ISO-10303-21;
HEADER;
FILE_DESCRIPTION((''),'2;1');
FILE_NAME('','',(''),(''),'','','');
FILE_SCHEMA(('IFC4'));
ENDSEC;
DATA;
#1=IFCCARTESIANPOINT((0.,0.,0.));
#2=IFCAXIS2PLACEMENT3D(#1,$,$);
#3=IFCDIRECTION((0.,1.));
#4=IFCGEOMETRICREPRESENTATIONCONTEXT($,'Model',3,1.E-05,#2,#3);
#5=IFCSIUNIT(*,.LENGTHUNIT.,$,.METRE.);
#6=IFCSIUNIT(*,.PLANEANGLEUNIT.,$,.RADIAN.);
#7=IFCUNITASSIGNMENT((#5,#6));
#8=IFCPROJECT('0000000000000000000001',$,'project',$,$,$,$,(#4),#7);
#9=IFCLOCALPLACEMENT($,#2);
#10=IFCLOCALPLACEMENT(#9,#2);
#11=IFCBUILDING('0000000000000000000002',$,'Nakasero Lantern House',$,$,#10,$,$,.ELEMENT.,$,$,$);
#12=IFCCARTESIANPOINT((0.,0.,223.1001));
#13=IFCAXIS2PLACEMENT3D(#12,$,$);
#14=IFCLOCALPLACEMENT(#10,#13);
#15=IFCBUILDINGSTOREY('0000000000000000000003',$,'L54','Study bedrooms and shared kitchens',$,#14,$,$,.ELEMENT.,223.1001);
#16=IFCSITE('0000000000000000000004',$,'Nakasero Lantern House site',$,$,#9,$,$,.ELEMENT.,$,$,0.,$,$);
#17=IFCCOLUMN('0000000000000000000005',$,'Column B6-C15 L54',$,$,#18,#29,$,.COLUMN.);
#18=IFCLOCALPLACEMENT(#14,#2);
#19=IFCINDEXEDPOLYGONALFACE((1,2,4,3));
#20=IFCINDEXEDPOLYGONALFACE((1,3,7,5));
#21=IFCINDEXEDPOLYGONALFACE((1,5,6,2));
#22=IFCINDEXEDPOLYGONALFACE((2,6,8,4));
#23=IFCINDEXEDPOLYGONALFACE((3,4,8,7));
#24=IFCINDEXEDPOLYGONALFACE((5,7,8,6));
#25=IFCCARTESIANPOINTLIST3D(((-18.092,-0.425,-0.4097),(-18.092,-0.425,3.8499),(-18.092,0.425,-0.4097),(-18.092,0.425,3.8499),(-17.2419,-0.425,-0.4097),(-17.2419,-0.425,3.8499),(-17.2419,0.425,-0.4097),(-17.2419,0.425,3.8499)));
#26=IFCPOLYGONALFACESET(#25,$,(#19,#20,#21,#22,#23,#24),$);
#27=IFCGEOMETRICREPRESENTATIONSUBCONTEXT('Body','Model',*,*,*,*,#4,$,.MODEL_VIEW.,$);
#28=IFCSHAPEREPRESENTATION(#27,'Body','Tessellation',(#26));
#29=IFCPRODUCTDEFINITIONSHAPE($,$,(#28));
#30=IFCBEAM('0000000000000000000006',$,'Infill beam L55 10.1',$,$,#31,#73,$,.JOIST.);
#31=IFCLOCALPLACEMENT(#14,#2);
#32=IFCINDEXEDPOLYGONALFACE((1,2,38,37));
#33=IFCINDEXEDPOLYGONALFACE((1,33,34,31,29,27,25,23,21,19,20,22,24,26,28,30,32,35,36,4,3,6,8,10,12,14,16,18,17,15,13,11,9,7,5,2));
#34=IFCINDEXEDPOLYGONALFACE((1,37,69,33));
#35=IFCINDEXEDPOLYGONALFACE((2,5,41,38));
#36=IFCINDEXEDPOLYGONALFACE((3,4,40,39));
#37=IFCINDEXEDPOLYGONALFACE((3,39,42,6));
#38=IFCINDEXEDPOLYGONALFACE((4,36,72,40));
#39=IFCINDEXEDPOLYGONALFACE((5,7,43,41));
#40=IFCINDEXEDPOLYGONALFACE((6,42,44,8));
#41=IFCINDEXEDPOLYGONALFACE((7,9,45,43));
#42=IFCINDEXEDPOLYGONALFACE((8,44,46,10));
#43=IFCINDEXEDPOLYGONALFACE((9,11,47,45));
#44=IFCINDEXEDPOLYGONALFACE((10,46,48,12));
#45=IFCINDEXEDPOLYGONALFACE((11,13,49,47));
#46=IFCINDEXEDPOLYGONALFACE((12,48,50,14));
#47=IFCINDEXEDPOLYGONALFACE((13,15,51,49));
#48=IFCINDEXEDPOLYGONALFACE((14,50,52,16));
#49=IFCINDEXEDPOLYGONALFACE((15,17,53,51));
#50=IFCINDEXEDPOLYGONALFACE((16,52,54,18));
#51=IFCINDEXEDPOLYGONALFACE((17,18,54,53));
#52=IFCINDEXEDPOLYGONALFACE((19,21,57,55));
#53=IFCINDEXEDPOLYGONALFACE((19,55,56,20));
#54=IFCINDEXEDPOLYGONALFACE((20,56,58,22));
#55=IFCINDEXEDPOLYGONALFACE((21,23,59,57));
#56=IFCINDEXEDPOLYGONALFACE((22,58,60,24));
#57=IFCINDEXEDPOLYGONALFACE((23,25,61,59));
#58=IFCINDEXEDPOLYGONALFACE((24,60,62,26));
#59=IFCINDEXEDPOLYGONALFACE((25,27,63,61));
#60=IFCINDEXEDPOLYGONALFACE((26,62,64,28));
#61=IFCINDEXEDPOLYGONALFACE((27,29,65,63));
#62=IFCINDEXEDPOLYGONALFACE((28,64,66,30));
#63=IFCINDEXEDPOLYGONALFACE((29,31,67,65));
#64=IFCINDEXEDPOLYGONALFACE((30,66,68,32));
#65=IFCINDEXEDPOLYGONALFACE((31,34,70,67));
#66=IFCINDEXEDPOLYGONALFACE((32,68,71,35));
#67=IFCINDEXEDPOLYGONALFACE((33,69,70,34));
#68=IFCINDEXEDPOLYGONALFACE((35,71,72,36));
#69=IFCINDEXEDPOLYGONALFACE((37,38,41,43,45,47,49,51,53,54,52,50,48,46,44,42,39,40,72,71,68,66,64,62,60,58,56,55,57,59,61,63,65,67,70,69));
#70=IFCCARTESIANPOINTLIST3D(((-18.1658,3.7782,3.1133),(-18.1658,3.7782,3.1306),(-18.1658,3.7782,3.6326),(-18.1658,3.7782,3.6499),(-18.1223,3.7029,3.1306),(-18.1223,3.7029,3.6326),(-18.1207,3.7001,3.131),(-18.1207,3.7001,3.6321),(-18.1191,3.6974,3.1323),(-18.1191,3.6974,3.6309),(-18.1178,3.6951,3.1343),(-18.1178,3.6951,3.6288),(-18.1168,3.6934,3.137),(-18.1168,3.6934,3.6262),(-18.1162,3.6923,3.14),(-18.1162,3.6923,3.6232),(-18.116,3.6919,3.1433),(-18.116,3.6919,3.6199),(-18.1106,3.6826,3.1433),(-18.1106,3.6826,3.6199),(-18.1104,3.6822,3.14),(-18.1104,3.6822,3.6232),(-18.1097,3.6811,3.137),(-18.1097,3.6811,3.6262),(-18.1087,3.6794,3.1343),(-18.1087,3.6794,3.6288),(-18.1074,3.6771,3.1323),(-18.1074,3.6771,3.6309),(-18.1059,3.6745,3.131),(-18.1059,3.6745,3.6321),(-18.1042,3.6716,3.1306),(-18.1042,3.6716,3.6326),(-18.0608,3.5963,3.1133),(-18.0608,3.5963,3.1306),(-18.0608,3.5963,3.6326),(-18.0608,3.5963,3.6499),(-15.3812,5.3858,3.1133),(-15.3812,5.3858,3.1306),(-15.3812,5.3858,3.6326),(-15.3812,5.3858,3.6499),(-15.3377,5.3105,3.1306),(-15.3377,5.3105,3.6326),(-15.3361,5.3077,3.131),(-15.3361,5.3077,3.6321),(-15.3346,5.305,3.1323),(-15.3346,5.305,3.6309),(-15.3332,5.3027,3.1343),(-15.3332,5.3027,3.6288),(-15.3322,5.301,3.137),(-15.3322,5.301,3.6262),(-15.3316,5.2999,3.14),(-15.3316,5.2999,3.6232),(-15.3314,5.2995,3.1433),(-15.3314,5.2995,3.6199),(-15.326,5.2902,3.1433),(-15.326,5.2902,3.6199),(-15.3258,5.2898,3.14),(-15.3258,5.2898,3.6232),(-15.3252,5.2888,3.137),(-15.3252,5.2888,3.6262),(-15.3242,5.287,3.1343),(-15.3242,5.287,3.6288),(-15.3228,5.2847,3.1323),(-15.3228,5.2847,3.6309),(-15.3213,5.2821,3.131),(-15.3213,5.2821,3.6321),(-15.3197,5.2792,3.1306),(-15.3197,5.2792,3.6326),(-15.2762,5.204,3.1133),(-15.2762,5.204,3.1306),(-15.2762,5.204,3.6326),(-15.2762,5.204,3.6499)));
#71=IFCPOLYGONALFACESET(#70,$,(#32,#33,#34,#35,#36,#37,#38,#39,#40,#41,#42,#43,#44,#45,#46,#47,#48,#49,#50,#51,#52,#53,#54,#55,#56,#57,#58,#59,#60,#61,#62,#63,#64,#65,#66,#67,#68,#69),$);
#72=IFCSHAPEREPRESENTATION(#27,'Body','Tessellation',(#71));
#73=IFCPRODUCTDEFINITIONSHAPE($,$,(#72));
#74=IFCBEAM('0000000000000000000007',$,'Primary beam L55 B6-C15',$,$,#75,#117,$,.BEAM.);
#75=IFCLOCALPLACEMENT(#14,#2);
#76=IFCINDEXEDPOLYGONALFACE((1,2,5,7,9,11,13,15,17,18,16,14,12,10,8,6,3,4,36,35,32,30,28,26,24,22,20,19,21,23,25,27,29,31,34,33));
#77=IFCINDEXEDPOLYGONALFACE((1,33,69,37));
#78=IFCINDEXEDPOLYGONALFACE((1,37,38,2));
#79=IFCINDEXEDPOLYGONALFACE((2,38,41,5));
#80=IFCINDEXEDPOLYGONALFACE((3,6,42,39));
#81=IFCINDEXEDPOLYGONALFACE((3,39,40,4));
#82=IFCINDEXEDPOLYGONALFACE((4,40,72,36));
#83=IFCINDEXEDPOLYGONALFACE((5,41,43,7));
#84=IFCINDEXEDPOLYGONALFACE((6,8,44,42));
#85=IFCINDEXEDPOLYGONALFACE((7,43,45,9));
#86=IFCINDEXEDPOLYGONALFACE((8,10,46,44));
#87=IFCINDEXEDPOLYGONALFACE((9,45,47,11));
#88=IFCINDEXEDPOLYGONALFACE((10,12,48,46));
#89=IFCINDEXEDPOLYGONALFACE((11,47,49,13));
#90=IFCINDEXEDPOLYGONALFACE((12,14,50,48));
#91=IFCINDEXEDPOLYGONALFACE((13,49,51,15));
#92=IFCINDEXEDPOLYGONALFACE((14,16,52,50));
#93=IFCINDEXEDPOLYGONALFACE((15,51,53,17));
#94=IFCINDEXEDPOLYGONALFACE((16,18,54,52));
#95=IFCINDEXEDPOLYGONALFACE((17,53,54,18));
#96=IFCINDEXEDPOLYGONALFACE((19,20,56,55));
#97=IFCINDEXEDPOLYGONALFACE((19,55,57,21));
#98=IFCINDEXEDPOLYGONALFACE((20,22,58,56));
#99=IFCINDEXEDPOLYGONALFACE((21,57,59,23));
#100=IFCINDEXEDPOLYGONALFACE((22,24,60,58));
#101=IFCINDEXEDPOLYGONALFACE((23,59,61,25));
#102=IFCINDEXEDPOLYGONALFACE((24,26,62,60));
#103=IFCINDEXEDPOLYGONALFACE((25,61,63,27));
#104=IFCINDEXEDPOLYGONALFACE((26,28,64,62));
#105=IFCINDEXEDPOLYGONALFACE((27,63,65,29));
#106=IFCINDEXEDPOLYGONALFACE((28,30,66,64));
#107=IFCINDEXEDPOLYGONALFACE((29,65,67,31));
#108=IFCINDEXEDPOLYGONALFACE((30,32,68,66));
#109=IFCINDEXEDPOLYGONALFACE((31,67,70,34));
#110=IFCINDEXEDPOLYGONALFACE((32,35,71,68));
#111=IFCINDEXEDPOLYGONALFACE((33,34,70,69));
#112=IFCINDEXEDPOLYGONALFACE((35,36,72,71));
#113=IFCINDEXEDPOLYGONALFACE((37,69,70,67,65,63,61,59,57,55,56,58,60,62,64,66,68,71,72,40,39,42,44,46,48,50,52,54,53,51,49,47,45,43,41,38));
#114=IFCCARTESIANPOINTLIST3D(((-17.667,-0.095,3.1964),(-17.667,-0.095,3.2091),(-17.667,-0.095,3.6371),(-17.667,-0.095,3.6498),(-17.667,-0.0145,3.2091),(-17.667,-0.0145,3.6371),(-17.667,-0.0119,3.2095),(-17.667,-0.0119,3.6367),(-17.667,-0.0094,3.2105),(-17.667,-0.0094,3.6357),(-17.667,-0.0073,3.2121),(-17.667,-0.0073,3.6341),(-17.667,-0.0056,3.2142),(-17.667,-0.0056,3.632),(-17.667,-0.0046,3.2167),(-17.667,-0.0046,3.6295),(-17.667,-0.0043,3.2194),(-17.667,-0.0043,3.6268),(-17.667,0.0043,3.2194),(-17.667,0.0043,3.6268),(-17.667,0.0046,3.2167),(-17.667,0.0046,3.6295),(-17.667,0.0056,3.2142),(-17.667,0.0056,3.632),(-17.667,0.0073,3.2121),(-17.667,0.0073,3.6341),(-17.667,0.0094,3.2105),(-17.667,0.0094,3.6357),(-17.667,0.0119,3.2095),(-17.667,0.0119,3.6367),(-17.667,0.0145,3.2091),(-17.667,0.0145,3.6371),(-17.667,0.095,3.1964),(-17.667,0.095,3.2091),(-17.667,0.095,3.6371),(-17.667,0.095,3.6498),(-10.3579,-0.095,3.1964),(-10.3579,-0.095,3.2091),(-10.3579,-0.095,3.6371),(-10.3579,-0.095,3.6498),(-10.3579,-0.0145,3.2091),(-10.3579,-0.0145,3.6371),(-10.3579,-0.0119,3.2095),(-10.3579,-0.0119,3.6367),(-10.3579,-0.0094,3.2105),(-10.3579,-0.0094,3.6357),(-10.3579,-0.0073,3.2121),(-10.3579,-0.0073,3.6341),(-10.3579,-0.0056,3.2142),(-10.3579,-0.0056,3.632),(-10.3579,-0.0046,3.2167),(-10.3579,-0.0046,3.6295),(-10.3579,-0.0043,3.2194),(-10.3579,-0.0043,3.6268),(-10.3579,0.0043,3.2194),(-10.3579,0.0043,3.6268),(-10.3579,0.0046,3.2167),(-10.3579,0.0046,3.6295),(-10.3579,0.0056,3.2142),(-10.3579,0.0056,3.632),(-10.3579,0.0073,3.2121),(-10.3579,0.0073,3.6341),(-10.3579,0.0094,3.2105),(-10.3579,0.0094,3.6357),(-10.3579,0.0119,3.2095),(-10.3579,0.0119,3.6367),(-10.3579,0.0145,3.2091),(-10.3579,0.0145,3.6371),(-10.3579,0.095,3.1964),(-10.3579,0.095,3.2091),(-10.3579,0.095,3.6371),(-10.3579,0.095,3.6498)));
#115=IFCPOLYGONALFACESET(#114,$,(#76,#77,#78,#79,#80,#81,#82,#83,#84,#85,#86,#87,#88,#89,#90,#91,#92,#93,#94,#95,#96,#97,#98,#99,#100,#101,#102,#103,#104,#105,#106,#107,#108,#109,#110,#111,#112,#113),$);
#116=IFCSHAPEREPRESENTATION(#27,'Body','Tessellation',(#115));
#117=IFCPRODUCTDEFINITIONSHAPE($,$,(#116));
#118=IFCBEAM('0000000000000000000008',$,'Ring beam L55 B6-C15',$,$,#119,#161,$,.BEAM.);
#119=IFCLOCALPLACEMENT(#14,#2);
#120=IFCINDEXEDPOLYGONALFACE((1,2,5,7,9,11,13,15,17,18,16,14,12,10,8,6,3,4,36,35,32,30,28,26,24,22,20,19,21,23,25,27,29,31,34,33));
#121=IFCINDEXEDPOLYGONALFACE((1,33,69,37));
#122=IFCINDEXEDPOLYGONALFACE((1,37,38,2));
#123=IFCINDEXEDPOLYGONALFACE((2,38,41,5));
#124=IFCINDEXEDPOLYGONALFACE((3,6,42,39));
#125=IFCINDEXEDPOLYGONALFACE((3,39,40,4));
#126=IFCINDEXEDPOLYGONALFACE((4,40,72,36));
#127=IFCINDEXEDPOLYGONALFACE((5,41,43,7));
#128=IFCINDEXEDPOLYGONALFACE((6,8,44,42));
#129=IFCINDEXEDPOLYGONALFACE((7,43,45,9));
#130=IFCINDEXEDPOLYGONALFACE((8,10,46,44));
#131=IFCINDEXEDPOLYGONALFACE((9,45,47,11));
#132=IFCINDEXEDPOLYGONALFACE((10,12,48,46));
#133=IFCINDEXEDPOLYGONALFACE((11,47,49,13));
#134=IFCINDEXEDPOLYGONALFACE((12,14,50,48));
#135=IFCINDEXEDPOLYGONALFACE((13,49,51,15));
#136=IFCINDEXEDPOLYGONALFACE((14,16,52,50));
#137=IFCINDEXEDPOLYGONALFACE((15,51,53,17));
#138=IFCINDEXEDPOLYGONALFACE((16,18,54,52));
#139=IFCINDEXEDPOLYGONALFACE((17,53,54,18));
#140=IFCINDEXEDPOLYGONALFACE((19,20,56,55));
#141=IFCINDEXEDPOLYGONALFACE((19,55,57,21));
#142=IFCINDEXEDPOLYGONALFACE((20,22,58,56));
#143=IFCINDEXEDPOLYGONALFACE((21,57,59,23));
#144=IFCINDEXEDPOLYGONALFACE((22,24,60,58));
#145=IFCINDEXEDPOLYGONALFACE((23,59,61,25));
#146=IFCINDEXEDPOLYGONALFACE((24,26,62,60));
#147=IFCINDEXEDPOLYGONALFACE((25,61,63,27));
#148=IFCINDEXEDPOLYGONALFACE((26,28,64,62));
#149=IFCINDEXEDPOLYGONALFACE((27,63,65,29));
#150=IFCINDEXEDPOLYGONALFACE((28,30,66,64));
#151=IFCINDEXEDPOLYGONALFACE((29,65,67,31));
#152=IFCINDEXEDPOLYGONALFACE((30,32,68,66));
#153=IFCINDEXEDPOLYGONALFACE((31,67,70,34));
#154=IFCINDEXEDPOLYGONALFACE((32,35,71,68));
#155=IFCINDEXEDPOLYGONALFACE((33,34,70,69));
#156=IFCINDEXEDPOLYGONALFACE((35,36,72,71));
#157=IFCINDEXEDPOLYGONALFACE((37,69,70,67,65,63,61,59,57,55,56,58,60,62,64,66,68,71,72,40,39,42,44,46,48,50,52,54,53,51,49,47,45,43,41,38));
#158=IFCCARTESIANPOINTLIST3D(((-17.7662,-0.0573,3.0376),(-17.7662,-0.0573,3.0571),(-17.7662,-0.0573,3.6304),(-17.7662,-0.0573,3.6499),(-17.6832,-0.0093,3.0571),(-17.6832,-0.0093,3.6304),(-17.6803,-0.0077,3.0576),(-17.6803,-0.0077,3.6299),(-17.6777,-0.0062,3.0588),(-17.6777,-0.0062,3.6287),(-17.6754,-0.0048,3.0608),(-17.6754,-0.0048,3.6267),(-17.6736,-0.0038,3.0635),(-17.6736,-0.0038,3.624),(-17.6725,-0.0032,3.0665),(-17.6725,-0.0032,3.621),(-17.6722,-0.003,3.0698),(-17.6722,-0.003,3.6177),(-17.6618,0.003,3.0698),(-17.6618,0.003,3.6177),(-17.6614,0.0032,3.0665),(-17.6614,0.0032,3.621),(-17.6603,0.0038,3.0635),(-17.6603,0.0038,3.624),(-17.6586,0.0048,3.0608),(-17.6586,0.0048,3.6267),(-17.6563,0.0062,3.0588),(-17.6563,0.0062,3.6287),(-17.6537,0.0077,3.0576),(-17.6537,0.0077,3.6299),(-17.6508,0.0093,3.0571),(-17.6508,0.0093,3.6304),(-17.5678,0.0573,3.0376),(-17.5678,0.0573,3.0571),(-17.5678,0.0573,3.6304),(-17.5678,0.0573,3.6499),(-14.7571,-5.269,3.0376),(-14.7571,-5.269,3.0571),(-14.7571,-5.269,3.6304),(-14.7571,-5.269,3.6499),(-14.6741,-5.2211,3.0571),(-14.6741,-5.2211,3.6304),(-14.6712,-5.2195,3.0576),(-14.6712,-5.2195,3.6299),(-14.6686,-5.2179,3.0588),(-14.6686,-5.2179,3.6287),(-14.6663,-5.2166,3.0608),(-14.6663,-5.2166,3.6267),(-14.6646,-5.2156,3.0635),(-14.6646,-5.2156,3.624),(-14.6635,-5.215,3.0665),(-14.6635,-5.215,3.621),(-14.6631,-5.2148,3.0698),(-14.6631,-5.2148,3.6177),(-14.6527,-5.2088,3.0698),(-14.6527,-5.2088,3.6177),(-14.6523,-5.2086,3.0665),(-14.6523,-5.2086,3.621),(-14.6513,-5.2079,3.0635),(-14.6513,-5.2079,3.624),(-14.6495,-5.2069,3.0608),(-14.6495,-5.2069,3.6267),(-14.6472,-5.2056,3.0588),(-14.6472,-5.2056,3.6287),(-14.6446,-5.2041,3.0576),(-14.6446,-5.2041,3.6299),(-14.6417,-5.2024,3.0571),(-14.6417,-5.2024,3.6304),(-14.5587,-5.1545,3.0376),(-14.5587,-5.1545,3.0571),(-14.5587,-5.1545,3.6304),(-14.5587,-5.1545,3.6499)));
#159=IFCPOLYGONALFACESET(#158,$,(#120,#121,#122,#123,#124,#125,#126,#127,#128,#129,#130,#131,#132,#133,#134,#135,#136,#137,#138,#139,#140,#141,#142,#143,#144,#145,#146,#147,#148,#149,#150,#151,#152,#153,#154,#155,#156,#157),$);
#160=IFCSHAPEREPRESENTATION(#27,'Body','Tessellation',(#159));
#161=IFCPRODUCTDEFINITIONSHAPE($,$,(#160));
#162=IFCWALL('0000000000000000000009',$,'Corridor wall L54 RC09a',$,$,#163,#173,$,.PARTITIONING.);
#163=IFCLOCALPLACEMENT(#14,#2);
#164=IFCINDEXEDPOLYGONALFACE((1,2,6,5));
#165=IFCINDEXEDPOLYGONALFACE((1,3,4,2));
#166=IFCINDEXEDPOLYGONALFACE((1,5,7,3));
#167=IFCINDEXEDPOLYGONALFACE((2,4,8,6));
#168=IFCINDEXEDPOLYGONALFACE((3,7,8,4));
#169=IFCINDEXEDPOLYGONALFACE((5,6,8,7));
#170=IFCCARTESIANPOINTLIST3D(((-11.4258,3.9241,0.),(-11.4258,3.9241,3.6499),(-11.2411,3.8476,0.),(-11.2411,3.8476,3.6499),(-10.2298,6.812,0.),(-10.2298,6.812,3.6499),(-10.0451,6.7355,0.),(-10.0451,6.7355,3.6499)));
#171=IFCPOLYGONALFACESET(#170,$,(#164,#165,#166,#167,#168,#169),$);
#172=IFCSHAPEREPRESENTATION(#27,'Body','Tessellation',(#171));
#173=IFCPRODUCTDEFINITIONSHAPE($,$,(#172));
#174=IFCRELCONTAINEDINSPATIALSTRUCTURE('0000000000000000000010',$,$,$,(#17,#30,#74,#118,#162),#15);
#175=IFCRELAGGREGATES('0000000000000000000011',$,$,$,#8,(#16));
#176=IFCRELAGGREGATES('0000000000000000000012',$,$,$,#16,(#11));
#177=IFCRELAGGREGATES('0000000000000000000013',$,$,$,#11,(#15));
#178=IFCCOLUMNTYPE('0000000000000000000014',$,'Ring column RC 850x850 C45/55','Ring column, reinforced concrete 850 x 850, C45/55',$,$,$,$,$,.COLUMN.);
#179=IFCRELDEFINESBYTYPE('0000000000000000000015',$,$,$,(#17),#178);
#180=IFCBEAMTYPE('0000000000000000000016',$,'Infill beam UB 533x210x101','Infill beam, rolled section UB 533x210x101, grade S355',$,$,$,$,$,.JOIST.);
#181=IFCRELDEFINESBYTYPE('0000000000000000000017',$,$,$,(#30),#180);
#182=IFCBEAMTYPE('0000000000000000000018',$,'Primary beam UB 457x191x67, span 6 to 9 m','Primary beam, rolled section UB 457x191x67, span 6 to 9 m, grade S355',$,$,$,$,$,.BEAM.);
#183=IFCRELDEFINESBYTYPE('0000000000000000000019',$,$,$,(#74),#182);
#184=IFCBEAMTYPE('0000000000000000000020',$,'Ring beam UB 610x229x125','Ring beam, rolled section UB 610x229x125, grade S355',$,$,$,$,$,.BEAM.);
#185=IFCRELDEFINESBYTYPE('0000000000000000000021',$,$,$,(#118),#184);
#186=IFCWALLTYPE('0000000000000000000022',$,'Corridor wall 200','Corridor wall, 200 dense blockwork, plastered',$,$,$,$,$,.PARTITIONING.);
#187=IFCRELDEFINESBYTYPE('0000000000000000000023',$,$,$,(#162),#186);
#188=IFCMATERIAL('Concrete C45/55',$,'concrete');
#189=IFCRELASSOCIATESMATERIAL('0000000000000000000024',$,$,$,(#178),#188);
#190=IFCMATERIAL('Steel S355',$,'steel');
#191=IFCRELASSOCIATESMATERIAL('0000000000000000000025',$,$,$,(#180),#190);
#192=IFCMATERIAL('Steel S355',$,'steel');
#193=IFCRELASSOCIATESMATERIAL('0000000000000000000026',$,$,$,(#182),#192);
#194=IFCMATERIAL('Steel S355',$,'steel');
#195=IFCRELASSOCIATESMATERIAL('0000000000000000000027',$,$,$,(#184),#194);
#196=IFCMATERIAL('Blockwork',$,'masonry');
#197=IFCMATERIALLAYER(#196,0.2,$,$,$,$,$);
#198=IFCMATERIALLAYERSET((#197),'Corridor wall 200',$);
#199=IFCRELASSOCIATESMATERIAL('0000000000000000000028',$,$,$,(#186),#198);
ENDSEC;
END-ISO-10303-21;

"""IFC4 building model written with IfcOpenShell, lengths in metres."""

from ifc_helpers import new_model, si_unit, direction, frame, frame_2d, origin, origin_2d, place, context, subcontext, project, spatial, rectangle, i_section, extrude, material, layer, layer_set, material_profile, profile_set, type_object, element, save


model = new_model("IFC4")

# Units and contexts
model_context = context("Model", 3, precision=1e-05, world=origin(), true_north=direction((0.0, 1.0)))
body_context = subcontext(model_context, "Body", "Model", "MODEL_VIEW")
ifc_project = project(units=[si_unit("LENGTHUNIT", "METRE"), si_unit("PLANEANGLEUNIT", "RADIAN")], contexts=[model_context])

# Site, building, storey
site_placement = place(None, origin())
site = spatial("IfcSite", under=ifc_project, at=site_placement, Name="Nakasero Lantern House site", CompositionType="ELEMENT", RefElevation=0.0)
building_placement = place(site_placement, origin())
building = spatial("IfcBuilding", under=site, at=building_placement, Name="Nakasero Lantern House", CompositionType="ELEMENT")
storey_placement = place(building_placement, frame((0.0, 0.0, 223.1001)))
storey = spatial("IfcBuildingStorey", under=building, at=storey_placement, Name="L54", Description="Study bedrooms and shared kitchens", CompositionType="ELEMENT", Elevation=223.1001)

# Column
ifc_material_1 = material(Name="Concrete C45/55", Category="concrete")
ifc_material_profile_1 = material_profile(ifc_material_1, rectangle(XDim=0.8501, YDim=0.8501, at=origin_2d()), Name="RC 850x850")
ifc_profile_set_1 = profile_set([ifc_material_profile_1], Name="Concrete C45/55")
column_type = type_object("IfcColumnType", Name="Ring column RC 850x850 C45/55", Description="Ring column, reinforced concrete 850 x 850, C45/55", PredefinedType="COLUMN", material=ifc_profile_set_1)
column_placement = place(storey_placement, frame((-17.667, 0.0, -0.4097), z_axis=(0.0, 0.0, 1.0), x_axis=(1.0, 0.0, 0.0)))
element("IfcColumn", 1, at=column_placement, inside=storey, type_object=column_type, Name="Column B6-C15 L54", PredefinedType="COLUMN", context=body_context, shape_type="SweptSolid", body=[
    extrude(rectangle(XDim=0.8501, YDim=0.8501, at=origin_2d()), origin(), (0.0, 0.0, 1.0), 4.2595),
])

# Beams
ifc_material_2 = material(Name="Steel S355", Category="steel")
ifc_material_profile_2 = material_profile(ifc_material_2, i_section(OverallWidth=0.21, OverallDepth=0.5366, WebThickness=0.0107, FlangeThickness=0.0173, FilletRadius=0.0127, at=origin_2d()), Name="UB 533x210x101")
ifc_profile_set_2 = profile_set([ifc_material_profile_2], Name="Steel S355")
beam_type_1 = type_object("IfcBeamType", Name="Infill beam UB 533x210x101", Description="Infill beam, rolled section UB 533x210x101, grade S355", PredefinedType="JOIST", material=ifc_profile_set_2)
beam_1_placement = place(storey_placement, frame((-18.1133, 3.6873, 3.3816), z_axis=(0.866034, 0.499985, 0.0), x_axis=(-0.499985, 0.866034, 0.0)))
element("IfcBeam", 2, at=beam_1_placement, inside=storey, type_object=beam_type_1, Name="Infill beam L55 10.1", PredefinedType="JOIST", context=body_context, shape_type="SweptSolid", body=[
    extrude(i_section(OverallWidth=0.21, OverallDepth=0.5366, WebThickness=0.0107, FlangeThickness=0.0173, FilletRadius=0.0127, at=origin_2d()), origin(), (0.0, 0.0, 1.0), 3.2153),
])
ifc_material_3 = material(Name="Steel S355", Category="steel")
ifc_material_profile_3 = material_profile(ifc_material_3, i_section(OverallWidth=0.1899, OverallDepth=0.4534, WebThickness=0.0085, FlangeThickness=0.0127, FilletRadius=0.0103, at=origin_2d()), Name="UB 457x191x67")
ifc_profile_set_3 = profile_set([ifc_material_profile_3], Name="Steel S355")
beam_type_2 = type_object("IfcBeamType", Name="Primary beam UB 457x191x67, span 6 to 9 m", Description="Primary beam, rolled section UB 457x191x67, span 6 to 9 m, grade S355", PredefinedType="BEAM", material=ifc_profile_set_3)
beam_2_placement = place(storey_placement, frame((-17.667, 0.0, 3.4231), z_axis=(1.0, 0.0, 0.0), x_axis=(0.0, 1.0, 0.0)))
element("IfcBeam", 3, at=beam_2_placement, inside=storey, type_object=beam_type_2, Name="Primary beam L55 B6-C15", PredefinedType="BEAM", context=body_context, shape_type="SweptSolid", body=[
    extrude(i_section(OverallWidth=0.1899, OverallDepth=0.4534, WebThickness=0.0085, FlangeThickness=0.0127, FilletRadius=0.0103, at=origin_2d()), origin(), (0.0, 0.0, 1.0), 7.3091),
])
ifc_material_4 = material(Name="Steel S355", Category="steel")
ifc_material_profile_4 = material_profile(ifc_material_4, i_section(OverallWidth=0.229, OverallDepth=0.6123, WebThickness=0.012, FlangeThickness=0.0195, FilletRadius=0.0127, at=origin_2d()), Name="UB 610x229x125")
ifc_profile_set_4 = profile_set([ifc_material_profile_4], Name="Steel S355")
beam_type_3 = type_object("IfcBeamType", Name="Ring beam UB 610x229x125", Description="Ring beam, rolled section UB 610x229x125, grade S355", PredefinedType="BEAM", material=ifc_profile_set_4)
beam_3_placement = place(storey_placement, frame((-17.667, 0.0, 3.3438), z_axis=(0.500009, -0.86602, 0.0), x_axis=(0.86602, 0.500009, 0.0)))
element("IfcBeam", 4, at=beam_3_placement, inside=storey, type_object=beam_type_3, Name="Ring beam L55 B6-C15", PredefinedType="BEAM", context=body_context, shape_type="SweptSolid", body=[
    extrude(i_section(OverallWidth=0.229, OverallDepth=0.6123, WebThickness=0.012, FlangeThickness=0.0195, FilletRadius=0.0127, at=origin_2d()), origin(), (0.0, 0.0, 1.0), 6.0181),
])

# Wall
ifc_material_5 = material(Name="Blockwork", Category="masonry")
ifc_layer_1 = layer(ifc_material_5, 0.2)
ifc_layer_set_1 = layer_set([ifc_layer_1], Name="Corridor wall 200")
wall_type_1 = type_object("IfcWallType", Name="Corridor wall 200", Description="Corridor wall, 200 dense blockwork, plastered", PredefinedType="PARTITIONING", material=ifc_layer_set_1)
wall_1_placement = place(storey_placement, frame((-11.3335, 3.8857, 0.0), z_axis=(0.0, 0.0, 1.0), x_axis=(0.382635, 0.9239, 0.0)))
element("IfcWall", 5, at=wall_1_placement, inside=storey, type_object=wall_type_1, Name="Corridor wall L54 RC09a", PredefinedType="PARTITIONING", context=body_context, shape_type="SweptSolid", body=[
    extrude(rectangle(XDim=3.1257, YDim=0.2, at=frame_2d((1.563, 0.0))), origin(), (0.0, 0.0, 1.0), 3.6499),
])

save(model, "model.ifc")
